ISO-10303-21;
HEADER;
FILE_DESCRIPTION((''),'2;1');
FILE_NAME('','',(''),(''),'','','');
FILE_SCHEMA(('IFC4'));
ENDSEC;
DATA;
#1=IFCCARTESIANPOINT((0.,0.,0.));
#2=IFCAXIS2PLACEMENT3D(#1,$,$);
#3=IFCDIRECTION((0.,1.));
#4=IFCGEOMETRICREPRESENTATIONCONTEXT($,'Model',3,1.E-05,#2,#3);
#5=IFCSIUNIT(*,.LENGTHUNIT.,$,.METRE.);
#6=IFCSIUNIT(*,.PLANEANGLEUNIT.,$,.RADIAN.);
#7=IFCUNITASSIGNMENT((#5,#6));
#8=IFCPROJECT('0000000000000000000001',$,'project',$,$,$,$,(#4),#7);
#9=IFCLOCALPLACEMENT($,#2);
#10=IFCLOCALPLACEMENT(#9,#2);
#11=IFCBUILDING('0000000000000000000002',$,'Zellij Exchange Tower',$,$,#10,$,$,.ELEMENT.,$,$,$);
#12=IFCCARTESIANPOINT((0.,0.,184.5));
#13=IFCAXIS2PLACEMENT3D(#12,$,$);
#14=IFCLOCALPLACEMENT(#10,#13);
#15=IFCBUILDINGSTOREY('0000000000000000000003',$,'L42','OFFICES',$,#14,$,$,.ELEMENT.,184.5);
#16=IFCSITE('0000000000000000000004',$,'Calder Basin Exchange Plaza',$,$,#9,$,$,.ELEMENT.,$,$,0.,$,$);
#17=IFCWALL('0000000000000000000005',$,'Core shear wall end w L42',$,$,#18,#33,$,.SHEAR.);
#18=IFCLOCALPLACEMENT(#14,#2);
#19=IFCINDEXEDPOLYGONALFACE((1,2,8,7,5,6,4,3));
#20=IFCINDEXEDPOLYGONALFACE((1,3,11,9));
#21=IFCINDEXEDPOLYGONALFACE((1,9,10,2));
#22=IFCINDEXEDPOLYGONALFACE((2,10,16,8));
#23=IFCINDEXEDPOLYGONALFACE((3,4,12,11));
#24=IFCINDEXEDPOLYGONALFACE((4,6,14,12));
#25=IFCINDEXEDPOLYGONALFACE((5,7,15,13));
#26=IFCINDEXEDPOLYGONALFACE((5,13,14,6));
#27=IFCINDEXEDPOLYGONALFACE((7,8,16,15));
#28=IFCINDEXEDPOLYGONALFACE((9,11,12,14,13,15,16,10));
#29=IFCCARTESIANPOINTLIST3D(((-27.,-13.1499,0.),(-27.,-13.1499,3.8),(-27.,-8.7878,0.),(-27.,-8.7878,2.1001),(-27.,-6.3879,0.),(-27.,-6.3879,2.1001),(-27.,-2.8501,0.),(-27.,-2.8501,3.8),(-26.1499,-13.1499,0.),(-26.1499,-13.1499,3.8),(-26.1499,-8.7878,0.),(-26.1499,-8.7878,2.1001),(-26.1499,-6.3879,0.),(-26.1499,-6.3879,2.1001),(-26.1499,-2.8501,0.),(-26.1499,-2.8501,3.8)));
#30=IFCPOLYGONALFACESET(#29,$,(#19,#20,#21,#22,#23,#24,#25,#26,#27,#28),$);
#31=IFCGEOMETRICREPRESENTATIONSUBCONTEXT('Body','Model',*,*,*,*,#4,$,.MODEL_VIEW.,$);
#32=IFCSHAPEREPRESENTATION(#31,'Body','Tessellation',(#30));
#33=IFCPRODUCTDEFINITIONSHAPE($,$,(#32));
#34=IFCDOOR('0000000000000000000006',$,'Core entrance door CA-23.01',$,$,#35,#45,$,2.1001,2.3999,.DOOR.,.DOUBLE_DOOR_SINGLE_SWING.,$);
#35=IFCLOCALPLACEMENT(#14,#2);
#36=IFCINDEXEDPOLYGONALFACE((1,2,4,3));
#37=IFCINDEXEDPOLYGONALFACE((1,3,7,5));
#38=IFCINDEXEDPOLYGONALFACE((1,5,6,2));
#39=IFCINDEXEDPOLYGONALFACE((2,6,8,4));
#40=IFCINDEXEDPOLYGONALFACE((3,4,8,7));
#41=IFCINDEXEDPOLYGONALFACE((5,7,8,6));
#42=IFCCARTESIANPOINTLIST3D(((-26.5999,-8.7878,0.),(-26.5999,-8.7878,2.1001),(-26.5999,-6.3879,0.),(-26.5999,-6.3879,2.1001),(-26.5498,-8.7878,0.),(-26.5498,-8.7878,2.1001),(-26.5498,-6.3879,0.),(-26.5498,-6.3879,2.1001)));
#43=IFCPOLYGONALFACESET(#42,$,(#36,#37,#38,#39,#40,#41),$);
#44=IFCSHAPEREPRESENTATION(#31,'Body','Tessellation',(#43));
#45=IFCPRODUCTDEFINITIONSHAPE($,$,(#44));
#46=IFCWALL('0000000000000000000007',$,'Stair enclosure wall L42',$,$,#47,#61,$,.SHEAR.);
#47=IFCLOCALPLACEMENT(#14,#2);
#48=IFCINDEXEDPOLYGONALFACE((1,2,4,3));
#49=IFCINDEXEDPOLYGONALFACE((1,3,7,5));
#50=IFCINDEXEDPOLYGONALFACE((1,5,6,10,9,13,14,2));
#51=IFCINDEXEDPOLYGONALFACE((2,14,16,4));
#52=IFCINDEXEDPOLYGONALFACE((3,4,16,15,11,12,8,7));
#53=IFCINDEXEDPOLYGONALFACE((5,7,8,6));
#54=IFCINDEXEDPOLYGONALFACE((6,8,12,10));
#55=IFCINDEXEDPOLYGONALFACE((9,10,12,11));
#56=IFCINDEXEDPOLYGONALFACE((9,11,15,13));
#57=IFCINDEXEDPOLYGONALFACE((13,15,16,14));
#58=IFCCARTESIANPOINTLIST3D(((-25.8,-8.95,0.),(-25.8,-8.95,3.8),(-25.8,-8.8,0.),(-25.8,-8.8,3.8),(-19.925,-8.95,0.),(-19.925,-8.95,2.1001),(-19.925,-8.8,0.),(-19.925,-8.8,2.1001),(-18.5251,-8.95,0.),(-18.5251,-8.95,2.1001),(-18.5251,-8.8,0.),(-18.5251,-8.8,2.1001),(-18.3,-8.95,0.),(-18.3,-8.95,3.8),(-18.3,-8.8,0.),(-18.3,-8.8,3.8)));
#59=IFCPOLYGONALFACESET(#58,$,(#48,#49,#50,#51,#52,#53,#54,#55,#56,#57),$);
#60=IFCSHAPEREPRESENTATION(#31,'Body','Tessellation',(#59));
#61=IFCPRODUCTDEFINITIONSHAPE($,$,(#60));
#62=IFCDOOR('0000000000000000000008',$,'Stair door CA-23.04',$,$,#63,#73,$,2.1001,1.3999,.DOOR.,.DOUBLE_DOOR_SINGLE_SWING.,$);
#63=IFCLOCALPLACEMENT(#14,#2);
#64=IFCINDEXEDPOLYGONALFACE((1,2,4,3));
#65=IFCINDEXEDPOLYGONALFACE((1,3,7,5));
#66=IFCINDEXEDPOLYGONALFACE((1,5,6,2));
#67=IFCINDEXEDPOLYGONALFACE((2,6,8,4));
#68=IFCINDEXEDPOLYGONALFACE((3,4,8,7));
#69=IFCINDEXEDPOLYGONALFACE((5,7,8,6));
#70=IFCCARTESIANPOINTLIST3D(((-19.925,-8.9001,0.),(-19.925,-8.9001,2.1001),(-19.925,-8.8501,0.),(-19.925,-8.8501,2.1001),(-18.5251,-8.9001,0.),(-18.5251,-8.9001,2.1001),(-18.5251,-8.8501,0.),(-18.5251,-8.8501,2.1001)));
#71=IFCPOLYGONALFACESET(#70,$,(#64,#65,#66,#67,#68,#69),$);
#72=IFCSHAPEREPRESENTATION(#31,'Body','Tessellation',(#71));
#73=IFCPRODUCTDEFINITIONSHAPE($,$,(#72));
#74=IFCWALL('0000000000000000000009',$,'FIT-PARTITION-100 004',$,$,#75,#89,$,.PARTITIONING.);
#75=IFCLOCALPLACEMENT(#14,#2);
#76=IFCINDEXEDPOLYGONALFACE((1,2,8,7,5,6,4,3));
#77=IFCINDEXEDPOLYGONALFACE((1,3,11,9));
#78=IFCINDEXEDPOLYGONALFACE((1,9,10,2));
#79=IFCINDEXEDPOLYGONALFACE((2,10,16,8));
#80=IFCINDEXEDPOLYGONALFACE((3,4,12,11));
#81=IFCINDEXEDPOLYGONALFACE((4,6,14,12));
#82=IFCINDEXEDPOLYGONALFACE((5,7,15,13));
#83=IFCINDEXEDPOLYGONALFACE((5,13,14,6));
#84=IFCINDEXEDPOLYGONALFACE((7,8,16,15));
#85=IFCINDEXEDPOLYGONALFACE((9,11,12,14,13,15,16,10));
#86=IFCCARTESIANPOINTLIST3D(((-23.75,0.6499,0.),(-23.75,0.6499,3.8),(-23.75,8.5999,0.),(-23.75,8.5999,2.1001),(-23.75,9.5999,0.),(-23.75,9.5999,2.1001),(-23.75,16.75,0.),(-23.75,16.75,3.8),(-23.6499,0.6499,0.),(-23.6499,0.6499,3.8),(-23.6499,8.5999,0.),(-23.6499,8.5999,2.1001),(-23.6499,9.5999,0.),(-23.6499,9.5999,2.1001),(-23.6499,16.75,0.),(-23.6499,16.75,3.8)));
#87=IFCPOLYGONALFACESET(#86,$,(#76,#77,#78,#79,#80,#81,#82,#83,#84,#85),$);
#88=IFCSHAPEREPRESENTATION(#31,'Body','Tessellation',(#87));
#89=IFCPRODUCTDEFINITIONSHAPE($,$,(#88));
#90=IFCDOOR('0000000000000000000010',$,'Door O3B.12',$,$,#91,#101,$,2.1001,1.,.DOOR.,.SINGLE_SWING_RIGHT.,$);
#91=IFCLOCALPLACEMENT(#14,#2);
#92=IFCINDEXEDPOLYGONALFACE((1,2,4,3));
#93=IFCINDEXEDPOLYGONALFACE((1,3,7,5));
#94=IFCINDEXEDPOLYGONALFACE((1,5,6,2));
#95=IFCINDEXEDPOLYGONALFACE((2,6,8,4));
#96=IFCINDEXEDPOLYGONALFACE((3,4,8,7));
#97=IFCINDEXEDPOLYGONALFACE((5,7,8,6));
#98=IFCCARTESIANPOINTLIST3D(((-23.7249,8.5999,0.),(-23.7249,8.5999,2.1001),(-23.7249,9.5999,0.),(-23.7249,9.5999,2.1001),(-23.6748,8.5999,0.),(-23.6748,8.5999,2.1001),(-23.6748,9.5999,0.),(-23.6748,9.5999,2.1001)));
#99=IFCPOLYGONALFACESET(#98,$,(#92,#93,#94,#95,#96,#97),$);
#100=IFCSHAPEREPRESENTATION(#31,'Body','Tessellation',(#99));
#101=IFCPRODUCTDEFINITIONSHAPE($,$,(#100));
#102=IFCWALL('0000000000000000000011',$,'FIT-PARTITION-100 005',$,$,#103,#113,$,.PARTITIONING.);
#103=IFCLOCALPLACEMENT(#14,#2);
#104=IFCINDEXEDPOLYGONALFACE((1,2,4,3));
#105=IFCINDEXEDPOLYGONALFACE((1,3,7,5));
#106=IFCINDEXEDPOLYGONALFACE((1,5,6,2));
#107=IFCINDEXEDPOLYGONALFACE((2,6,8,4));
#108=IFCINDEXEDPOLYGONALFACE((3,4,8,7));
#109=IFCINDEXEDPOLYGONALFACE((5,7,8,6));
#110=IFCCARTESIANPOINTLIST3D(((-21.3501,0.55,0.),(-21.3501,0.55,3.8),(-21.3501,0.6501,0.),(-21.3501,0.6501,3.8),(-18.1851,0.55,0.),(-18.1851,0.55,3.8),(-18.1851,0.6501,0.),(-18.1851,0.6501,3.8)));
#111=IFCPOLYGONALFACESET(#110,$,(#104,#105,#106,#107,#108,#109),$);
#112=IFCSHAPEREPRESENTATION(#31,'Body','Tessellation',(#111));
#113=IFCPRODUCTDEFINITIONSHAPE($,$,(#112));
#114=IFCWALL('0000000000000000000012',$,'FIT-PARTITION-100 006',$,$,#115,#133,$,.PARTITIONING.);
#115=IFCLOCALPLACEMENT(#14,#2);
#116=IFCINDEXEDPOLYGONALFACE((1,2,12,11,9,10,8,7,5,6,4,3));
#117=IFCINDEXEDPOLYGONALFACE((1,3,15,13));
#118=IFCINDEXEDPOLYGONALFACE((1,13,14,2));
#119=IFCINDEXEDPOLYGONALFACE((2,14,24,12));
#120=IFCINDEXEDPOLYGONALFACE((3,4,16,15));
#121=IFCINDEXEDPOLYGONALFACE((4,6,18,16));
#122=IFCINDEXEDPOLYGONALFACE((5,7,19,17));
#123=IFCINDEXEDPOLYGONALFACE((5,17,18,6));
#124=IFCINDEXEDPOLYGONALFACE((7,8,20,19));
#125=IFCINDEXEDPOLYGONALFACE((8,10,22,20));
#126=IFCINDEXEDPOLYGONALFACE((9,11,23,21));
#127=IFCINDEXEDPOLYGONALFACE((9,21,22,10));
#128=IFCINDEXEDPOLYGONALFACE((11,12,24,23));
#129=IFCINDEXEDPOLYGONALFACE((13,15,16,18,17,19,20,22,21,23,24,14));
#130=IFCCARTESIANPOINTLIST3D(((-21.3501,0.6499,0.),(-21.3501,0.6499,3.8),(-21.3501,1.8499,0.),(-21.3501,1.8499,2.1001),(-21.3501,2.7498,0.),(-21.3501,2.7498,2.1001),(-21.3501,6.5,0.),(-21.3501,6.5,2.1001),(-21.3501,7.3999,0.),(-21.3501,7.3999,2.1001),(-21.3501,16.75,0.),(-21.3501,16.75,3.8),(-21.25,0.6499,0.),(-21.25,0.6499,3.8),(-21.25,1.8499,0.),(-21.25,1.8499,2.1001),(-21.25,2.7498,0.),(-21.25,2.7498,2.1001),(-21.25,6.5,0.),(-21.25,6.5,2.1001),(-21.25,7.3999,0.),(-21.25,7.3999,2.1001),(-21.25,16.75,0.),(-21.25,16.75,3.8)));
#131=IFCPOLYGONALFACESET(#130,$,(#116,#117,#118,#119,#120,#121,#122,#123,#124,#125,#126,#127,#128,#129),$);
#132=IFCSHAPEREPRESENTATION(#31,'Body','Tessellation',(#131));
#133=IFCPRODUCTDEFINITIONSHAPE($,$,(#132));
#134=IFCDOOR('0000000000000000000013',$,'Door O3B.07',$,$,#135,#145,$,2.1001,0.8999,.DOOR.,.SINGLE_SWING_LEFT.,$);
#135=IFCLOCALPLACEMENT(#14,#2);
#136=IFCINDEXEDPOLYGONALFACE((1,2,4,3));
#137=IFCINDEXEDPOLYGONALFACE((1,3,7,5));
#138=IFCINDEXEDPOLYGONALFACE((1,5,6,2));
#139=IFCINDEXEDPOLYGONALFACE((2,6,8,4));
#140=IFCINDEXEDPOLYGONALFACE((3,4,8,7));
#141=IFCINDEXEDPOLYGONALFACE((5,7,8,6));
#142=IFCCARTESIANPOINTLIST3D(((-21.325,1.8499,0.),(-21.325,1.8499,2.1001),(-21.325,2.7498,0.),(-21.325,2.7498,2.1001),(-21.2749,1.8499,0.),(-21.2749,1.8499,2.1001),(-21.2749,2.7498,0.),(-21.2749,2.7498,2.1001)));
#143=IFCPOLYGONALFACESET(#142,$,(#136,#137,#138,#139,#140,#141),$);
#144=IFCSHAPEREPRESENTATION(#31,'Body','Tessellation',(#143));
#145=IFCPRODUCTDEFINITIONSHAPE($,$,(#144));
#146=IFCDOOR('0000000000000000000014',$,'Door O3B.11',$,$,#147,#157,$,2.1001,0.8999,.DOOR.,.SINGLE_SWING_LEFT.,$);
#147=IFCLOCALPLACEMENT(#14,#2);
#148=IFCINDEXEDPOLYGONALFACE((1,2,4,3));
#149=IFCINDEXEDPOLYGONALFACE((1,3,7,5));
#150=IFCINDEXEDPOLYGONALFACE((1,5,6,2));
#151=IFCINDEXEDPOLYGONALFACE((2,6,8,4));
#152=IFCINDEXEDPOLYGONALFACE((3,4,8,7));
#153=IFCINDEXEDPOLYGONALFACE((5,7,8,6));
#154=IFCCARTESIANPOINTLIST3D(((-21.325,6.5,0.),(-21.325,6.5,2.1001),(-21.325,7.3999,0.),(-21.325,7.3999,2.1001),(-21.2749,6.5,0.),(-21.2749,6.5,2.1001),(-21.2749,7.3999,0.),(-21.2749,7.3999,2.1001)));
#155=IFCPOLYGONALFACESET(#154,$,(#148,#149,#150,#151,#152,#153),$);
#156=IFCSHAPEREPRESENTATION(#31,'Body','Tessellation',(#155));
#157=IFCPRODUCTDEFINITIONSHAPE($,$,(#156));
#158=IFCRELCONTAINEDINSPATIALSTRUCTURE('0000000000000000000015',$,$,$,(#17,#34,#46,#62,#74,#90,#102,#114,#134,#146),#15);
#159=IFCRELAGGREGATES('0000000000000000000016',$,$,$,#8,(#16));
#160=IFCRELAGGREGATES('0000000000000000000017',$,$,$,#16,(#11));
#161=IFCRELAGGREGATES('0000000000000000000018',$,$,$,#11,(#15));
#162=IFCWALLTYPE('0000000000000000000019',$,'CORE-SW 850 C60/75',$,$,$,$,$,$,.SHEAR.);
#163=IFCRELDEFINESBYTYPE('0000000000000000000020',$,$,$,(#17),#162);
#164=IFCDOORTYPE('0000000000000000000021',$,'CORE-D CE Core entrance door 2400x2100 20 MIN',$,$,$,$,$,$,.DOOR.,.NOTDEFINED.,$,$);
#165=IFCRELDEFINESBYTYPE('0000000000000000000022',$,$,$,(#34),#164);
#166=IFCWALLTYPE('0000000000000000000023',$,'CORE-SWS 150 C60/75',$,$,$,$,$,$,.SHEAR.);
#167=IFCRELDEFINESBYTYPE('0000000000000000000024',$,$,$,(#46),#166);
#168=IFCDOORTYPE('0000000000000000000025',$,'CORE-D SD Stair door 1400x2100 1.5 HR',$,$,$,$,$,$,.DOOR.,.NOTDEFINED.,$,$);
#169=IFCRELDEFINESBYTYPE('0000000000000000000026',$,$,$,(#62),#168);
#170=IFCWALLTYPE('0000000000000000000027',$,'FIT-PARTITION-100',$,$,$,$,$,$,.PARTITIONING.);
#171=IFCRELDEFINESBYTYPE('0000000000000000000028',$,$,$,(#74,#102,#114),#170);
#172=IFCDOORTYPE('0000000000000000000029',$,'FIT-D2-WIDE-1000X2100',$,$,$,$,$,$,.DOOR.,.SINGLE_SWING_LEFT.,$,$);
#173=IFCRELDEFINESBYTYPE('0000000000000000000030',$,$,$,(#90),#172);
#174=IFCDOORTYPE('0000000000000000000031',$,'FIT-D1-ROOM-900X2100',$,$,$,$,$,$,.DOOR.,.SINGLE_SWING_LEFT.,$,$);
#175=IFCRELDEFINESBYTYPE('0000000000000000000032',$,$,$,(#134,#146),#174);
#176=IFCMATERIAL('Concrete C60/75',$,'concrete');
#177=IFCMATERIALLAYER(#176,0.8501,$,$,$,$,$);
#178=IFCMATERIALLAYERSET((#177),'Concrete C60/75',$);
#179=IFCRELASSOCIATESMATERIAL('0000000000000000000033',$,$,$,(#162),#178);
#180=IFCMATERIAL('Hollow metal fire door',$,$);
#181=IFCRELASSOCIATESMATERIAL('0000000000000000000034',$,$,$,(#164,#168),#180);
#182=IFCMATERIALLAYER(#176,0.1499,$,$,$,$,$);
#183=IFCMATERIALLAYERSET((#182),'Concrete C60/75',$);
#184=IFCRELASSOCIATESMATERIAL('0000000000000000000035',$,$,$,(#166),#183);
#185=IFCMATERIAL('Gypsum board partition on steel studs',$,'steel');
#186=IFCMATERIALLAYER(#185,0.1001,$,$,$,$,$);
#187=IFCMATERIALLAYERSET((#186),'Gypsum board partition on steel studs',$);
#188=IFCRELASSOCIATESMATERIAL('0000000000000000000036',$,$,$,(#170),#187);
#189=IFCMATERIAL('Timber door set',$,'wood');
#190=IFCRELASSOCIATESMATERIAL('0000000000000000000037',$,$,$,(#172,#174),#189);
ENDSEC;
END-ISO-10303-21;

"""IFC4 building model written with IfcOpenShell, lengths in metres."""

from ifc_helpers import new_model, si_unit, direction, frame, frame_2d, origin, place, context, subcontext, project, spatial, rectangle, extrude, material, layer, layer_set, type_object, element, fill, save


model = new_model("IFC4")

# Units and contexts
model_context = context("Model", 3, precision=1e-05, world=origin(), true_north=direction((0.0, 1.0)))
body_context = subcontext(model_context, "Body", "Model", "MODEL_VIEW")
ifc_project = project(units=[si_unit("LENGTHUNIT", "METRE"), si_unit("PLANEANGLEUNIT", "RADIAN")], contexts=[model_context])

# Site, building, storey
site_placement = place(None, origin())
site = spatial("IfcSite", under=ifc_project, at=site_placement, Name="Calder Basin Exchange Plaza", CompositionType="ELEMENT", RefElevation=0.0)
building_placement = place(site_placement, origin())
building = spatial("IfcBuilding", under=site, at=building_placement, Name="Zellij Exchange Tower", CompositionType="ELEMENT")
storey_placement = place(building_placement, frame((0.0, 0.0, 184.5)))
storey = spatial("IfcBuildingStorey", under=building, at=storey_placement, Name="L42", Description="OFFICES", CompositionType="ELEMENT", Elevation=184.5)

# Shared definitions
ifc_material_1 = material(Name="Concrete C60/75", Category="concrete")

# Shared definitions
ifc_material_2 = material(Name="Hollow metal fire door")

# Walls, openings, doors
ifc_layer_1 = layer(ifc_material_1, 0.8501)
ifc_layer_set_1 = layer_set([ifc_layer_1], Name="Concrete C60/75")
wall_type_1 = type_object("IfcWallType", Name="CORE-SW 850 C60/75", PredefinedType="SHEAR", material=ifc_layer_set_1)
wall_1_placement = place(storey_placement, frame((-26.575, -13.1499, 0.0), z_axis=(0.0, 0.0, 1.0), x_axis=(0.0, 1.0, 0.0)))
wall_1 = element("IfcWall", 1, at=wall_1_placement, inside=storey, type_object=wall_type_1, Name="Core shear wall end w L42", PredefinedType="SHEAR", context=body_context, shape_type="SweptSolid", body=[
    extrude(rectangle(XDim=10.2998, YDim=0.8501, at=frame_2d((5.1499, 0.0))), origin(), (0.0, 0.0, 1.0), 3.8),
])
opening_1_placement = place(wall_1_placement, frame((4.3621, 0.0, 0.0)))
opening_1 = element("IfcOpeningElement", 2, at=opening_1_placement, cuts=wall_1, PredefinedType="OPENING", context=body_context, shape_type="SweptSolid", body=[
    extrude(rectangle(XDim=2.3999, YDim=2.1001, at=frame_2d((1.2, 1.05))), frame((0.0, 0.437, 0.0), z_axis=(0.0, -1.0, 0.0), x_axis=(1.0, 0.0, 0.0)), (0.0, 0.0, 1.0), 0.874),
])
door_type_1 = type_object("IfcDoorType", Name="CORE-D CE Core entrance door 2400x2100 20 MIN", OperationType="NOTDEFINED", PredefinedType="DOOR", material=ifc_material_2)
door_1_placement = place(opening_1_placement, origin())
door_1 = element("IfcDoor", 3, at=door_1_placement, inside=storey, type_object=door_type_1, Name="Core entrance door CA-23.01", OperationType="DOUBLE_DOOR_SINGLE_SWING", OverallHeight=2.1001, OverallWidth=2.3999, PredefinedType="DOOR", context=body_context, shape_type="SweptSolid", body=[
    extrude(rectangle(XDim=2.3999, YDim=2.1001, at=frame_2d((1.2, 1.05))), frame((0.0, 0.0249, 0.0), z_axis=(0.0, -1.0, 0.0), x_axis=(1.0, 0.0, 0.0)), (0.0, 0.0, 1.0), 0.05),
])
fill(opening_1, door_1)
ifc_layer_2 = layer(ifc_material_1, 0.1499)
ifc_layer_set_2 = layer_set([ifc_layer_2], Name="Concrete C60/75")
wall_type_2 = type_object("IfcWallType", Name="CORE-SWS 150 C60/75", PredefinedType="SHEAR", material=ifc_layer_set_2)
wall_2_placement = place(storey_placement, frame((-25.8, -8.875, 0.0), z_axis=(0.0, 0.0, 1.0), x_axis=(1.0, 0.0, 0.0)))
wall_2 = element("IfcWall", 4, at=wall_2_placement, inside=storey, type_object=wall_type_2, Name="Stair enclosure wall L42", PredefinedType="SHEAR", context=body_context, shape_type="SweptSolid", body=[
    extrude(rectangle(XDim=7.5, YDim=0.1499, at=frame_2d((3.75, 0.0))), origin(), (0.0, 0.0, 1.0), 3.8),
])
opening_2_placement = place(wall_2_placement, frame((5.875, 0.0, 0.0)))
opening_2 = element("IfcOpeningElement", 5, at=opening_2_placement, cuts=wall_2, PredefinedType="OPENING", context=body_context, shape_type="SweptSolid", body=[
    extrude(rectangle(XDim=1.3999, YDim=2.1001, at=frame_2d((0.7, 1.05))), frame((0.0, 0.0869, 0.0), z_axis=(0.0, -1.0, 0.0), x_axis=(1.0, 0.0, 0.0)), (0.0, 0.0, 1.0), 0.1738),
])
door_type_2 = type_object("IfcDoorType", Name="CORE-D SD Stair door 1400x2100 1.5 HR", OperationType="NOTDEFINED", PredefinedType="DOOR", material=ifc_material_2)
door_2_placement = place(opening_2_placement, origin())
door_2 = element("IfcDoor", 6, at=door_2_placement, inside=storey, type_object=door_type_2, Name="Stair door CA-23.04", OperationType="DOUBLE_DOOR_SINGLE_SWING", OverallHeight=2.1001, OverallWidth=1.3999, PredefinedType="DOOR", context=body_context, shape_type="SweptSolid", body=[
    extrude(rectangle(XDim=1.3999, YDim=2.1001, at=frame_2d((0.7, 1.05))), frame((0.0, 0.0249, 0.0), z_axis=(0.0, -1.0, 0.0), x_axis=(1.0, 0.0, 0.0)), (0.0, 0.0, 1.0), 0.05),
])
fill(opening_2, door_2)
ifc_material_3 = material(Name="Gypsum board partition on steel studs", Category="steel")
ifc_layer_3 = layer(ifc_material_3, 0.1001)
ifc_layer_set_3 = layer_set([ifc_layer_3], Name="Gypsum board partition on steel studs")
wall_type_3 = type_object("IfcWallType", Name="FIT-PARTITION-100", PredefinedType="PARTITIONING", material=ifc_layer_set_3)
wall_3_placement = place(storey_placement, frame((-23.7, 0.6499, 0.0), z_axis=(0.0, 0.0, 1.0), x_axis=(0.0, 1.0, 0.0)))
wall_3 = element("IfcWall", 7, at=wall_3_placement, inside=storey, type_object=wall_type_3, Name="FIT-PARTITION-100 004", PredefinedType="PARTITIONING", context=body_context, shape_type="SweptSolid", body=[
    extrude(rectangle(XDim=16.1001, YDim=0.1001, at=frame_2d((8.05, 0.0))), origin(), (0.0, 0.0, 1.0), 3.8),
])
opening_3_placement = place(wall_3_placement, frame((7.95, 0.0, 0.0)))
opening_3 = element("IfcOpeningElement", 8, at=opening_3_placement, cuts=wall_3, PredefinedType="OPENING", context=body_context, shape_type="SweptSolid", body=[
    extrude(rectangle(XDim=1.0, YDim=2.1001, at=frame_2d((0.5, 1.05))), frame((0.0, 0.062, 0.0), z_axis=(0.0, -1.0, 0.0), x_axis=(1.0, 0.0, 0.0)), (0.0, 0.0, 1.0), 0.124),
])
ifc_material_4 = material(Name="Timber door set", Category="wood")
door_type_3 = type_object("IfcDoorType", Name="FIT-D2-WIDE-1000X2100", OperationType="SINGLE_SWING_LEFT", PredefinedType="DOOR", material=ifc_material_4)
door_3_placement = place(opening_3_placement, origin())
door_3 = element("IfcDoor", 9, at=door_3_placement, inside=storey, type_object=door_type_3, Name="Door O3B.12", OperationType="SINGLE_SWING_RIGHT", OverallHeight=2.1001, OverallWidth=1.0, PredefinedType="DOOR", context=body_context, shape_type="SweptSolid", body=[
    extrude(rectangle(XDim=1.0, YDim=2.1001, at=frame_2d((0.5, 1.05))), frame((0.0, 0.0249, 0.0), z_axis=(0.0, -1.0, 0.0), x_axis=(1.0, 0.0, 0.0)), (0.0, 0.0, 1.0), 0.05),
])
fill(opening_3, door_3)

# Wall
wall_4_placement = place(storey_placement, frame((-21.3501, 0.6001, 0.0), z_axis=(0.0, 0.0, 1.0), x_axis=(1.0, 0.0, 0.0)))
element("IfcWall", 10, at=wall_4_placement, inside=storey, type_object=wall_type_3, Name="FIT-PARTITION-100 005", PredefinedType="PARTITIONING", context=body_context, shape_type="SweptSolid", body=[
    extrude(rectangle(XDim=3.165, YDim=0.1001, at=frame_2d((1.5825, 0.0))), origin(), (0.0, 0.0, 1.0), 3.8),
])

# Wall, openings, doors
wall_5_placement = place(storey_placement, frame((-21.3, 0.6499, 0.0), z_axis=(0.0, 0.0, 1.0), x_axis=(0.0, 1.0, 0.0)))
wall_5 = element("IfcWall", 11, at=wall_5_placement, inside=storey, type_object=wall_type_3, Name="FIT-PARTITION-100 006", PredefinedType="PARTITIONING", context=body_context, shape_type="SweptSolid", body=[
    extrude(rectangle(XDim=16.1001, YDim=0.1001, at=frame_2d((8.05, 0.0))), origin(), (0.0, 0.0, 1.0), 3.8),
])
opening_4_placement = place(wall_5_placement, frame((1.2, 0.0, 0.0)))
opening_4 = element("IfcOpeningElement", 12, at=opening_4_placement, cuts=wall_5, PredefinedType="OPENING", context=body_context, shape_type="SweptSolid", body=[
    extrude(rectangle(XDim=0.8999, YDim=2.1001, at=frame_2d((0.45, 1.05))), frame((0.0, 0.062, 0.0), z_axis=(0.0, -1.0, 0.0), x_axis=(1.0, 0.0, 0.0)), (0.0, 0.0, 1.0), 0.124),
])
opening_5_placement = place(wall_5_placement, frame((5.8501, 0.0, 0.0)))
opening_5 = element("IfcOpeningElement", 13, at=opening_5_placement, cuts=wall_5, PredefinedType="OPENING", context=body_context, shape_type="SweptSolid", body=[
    extrude(rectangle(XDim=0.8999, YDim=2.1001, at=frame_2d((0.45, 1.05))), frame((0.0, 0.062, 0.0), z_axis=(0.0, -1.0, 0.0), x_axis=(1.0, 0.0, 0.0)), (0.0, 0.0, 1.0), 0.124),
])
door_type_4 = type_object("IfcDoorType", Name="FIT-D1-ROOM-900X2100", OperationType="SINGLE_SWING_LEFT", PredefinedType="DOOR", material=ifc_material_4)
door_4_placement = place(opening_4_placement, origin())
door_4 = element("IfcDoor", 14, at=door_4_placement, inside=storey, type_object=door_type_4, Name="Door O3B.07", OperationType="SINGLE_SWING_LEFT", OverallHeight=2.1001, OverallWidth=0.8999, PredefinedType="DOOR", context=body_context, shape_type="SweptSolid", body=[
    extrude(rectangle(XDim=0.8999, YDim=2.1001, at=frame_2d((0.45, 1.05))), frame((0.0, 0.0249, 0.0), z_axis=(0.0, -1.0, 0.0), x_axis=(1.0, 0.0, 0.0)), (0.0, 0.0, 1.0), 0.05),
])
fill(opening_4, door_4)
door_5_placement = place(opening_5_placement, origin())
door_5 = element("IfcDoor", 15, at=door_5_placement, inside=storey, type_object=door_type_4, Name="Door O3B.11", OperationType="SINGLE_SWING_LEFT", OverallHeight=2.1001, OverallWidth=0.8999, PredefinedType="DOOR", context=body_context, shape_type="SweptSolid", body=[
    extrude(rectangle(XDim=0.8999, YDim=2.1001, at=frame_2d((0.45, 1.05))), frame((0.0, 0.0249, 0.0), z_axis=(0.0, -1.0, 0.0), x_axis=(1.0, 0.0, 0.0)), (0.0, 0.0, 1.0), 0.05),
])
fill(opening_5, door_5)

save(model, "model.ifc")
